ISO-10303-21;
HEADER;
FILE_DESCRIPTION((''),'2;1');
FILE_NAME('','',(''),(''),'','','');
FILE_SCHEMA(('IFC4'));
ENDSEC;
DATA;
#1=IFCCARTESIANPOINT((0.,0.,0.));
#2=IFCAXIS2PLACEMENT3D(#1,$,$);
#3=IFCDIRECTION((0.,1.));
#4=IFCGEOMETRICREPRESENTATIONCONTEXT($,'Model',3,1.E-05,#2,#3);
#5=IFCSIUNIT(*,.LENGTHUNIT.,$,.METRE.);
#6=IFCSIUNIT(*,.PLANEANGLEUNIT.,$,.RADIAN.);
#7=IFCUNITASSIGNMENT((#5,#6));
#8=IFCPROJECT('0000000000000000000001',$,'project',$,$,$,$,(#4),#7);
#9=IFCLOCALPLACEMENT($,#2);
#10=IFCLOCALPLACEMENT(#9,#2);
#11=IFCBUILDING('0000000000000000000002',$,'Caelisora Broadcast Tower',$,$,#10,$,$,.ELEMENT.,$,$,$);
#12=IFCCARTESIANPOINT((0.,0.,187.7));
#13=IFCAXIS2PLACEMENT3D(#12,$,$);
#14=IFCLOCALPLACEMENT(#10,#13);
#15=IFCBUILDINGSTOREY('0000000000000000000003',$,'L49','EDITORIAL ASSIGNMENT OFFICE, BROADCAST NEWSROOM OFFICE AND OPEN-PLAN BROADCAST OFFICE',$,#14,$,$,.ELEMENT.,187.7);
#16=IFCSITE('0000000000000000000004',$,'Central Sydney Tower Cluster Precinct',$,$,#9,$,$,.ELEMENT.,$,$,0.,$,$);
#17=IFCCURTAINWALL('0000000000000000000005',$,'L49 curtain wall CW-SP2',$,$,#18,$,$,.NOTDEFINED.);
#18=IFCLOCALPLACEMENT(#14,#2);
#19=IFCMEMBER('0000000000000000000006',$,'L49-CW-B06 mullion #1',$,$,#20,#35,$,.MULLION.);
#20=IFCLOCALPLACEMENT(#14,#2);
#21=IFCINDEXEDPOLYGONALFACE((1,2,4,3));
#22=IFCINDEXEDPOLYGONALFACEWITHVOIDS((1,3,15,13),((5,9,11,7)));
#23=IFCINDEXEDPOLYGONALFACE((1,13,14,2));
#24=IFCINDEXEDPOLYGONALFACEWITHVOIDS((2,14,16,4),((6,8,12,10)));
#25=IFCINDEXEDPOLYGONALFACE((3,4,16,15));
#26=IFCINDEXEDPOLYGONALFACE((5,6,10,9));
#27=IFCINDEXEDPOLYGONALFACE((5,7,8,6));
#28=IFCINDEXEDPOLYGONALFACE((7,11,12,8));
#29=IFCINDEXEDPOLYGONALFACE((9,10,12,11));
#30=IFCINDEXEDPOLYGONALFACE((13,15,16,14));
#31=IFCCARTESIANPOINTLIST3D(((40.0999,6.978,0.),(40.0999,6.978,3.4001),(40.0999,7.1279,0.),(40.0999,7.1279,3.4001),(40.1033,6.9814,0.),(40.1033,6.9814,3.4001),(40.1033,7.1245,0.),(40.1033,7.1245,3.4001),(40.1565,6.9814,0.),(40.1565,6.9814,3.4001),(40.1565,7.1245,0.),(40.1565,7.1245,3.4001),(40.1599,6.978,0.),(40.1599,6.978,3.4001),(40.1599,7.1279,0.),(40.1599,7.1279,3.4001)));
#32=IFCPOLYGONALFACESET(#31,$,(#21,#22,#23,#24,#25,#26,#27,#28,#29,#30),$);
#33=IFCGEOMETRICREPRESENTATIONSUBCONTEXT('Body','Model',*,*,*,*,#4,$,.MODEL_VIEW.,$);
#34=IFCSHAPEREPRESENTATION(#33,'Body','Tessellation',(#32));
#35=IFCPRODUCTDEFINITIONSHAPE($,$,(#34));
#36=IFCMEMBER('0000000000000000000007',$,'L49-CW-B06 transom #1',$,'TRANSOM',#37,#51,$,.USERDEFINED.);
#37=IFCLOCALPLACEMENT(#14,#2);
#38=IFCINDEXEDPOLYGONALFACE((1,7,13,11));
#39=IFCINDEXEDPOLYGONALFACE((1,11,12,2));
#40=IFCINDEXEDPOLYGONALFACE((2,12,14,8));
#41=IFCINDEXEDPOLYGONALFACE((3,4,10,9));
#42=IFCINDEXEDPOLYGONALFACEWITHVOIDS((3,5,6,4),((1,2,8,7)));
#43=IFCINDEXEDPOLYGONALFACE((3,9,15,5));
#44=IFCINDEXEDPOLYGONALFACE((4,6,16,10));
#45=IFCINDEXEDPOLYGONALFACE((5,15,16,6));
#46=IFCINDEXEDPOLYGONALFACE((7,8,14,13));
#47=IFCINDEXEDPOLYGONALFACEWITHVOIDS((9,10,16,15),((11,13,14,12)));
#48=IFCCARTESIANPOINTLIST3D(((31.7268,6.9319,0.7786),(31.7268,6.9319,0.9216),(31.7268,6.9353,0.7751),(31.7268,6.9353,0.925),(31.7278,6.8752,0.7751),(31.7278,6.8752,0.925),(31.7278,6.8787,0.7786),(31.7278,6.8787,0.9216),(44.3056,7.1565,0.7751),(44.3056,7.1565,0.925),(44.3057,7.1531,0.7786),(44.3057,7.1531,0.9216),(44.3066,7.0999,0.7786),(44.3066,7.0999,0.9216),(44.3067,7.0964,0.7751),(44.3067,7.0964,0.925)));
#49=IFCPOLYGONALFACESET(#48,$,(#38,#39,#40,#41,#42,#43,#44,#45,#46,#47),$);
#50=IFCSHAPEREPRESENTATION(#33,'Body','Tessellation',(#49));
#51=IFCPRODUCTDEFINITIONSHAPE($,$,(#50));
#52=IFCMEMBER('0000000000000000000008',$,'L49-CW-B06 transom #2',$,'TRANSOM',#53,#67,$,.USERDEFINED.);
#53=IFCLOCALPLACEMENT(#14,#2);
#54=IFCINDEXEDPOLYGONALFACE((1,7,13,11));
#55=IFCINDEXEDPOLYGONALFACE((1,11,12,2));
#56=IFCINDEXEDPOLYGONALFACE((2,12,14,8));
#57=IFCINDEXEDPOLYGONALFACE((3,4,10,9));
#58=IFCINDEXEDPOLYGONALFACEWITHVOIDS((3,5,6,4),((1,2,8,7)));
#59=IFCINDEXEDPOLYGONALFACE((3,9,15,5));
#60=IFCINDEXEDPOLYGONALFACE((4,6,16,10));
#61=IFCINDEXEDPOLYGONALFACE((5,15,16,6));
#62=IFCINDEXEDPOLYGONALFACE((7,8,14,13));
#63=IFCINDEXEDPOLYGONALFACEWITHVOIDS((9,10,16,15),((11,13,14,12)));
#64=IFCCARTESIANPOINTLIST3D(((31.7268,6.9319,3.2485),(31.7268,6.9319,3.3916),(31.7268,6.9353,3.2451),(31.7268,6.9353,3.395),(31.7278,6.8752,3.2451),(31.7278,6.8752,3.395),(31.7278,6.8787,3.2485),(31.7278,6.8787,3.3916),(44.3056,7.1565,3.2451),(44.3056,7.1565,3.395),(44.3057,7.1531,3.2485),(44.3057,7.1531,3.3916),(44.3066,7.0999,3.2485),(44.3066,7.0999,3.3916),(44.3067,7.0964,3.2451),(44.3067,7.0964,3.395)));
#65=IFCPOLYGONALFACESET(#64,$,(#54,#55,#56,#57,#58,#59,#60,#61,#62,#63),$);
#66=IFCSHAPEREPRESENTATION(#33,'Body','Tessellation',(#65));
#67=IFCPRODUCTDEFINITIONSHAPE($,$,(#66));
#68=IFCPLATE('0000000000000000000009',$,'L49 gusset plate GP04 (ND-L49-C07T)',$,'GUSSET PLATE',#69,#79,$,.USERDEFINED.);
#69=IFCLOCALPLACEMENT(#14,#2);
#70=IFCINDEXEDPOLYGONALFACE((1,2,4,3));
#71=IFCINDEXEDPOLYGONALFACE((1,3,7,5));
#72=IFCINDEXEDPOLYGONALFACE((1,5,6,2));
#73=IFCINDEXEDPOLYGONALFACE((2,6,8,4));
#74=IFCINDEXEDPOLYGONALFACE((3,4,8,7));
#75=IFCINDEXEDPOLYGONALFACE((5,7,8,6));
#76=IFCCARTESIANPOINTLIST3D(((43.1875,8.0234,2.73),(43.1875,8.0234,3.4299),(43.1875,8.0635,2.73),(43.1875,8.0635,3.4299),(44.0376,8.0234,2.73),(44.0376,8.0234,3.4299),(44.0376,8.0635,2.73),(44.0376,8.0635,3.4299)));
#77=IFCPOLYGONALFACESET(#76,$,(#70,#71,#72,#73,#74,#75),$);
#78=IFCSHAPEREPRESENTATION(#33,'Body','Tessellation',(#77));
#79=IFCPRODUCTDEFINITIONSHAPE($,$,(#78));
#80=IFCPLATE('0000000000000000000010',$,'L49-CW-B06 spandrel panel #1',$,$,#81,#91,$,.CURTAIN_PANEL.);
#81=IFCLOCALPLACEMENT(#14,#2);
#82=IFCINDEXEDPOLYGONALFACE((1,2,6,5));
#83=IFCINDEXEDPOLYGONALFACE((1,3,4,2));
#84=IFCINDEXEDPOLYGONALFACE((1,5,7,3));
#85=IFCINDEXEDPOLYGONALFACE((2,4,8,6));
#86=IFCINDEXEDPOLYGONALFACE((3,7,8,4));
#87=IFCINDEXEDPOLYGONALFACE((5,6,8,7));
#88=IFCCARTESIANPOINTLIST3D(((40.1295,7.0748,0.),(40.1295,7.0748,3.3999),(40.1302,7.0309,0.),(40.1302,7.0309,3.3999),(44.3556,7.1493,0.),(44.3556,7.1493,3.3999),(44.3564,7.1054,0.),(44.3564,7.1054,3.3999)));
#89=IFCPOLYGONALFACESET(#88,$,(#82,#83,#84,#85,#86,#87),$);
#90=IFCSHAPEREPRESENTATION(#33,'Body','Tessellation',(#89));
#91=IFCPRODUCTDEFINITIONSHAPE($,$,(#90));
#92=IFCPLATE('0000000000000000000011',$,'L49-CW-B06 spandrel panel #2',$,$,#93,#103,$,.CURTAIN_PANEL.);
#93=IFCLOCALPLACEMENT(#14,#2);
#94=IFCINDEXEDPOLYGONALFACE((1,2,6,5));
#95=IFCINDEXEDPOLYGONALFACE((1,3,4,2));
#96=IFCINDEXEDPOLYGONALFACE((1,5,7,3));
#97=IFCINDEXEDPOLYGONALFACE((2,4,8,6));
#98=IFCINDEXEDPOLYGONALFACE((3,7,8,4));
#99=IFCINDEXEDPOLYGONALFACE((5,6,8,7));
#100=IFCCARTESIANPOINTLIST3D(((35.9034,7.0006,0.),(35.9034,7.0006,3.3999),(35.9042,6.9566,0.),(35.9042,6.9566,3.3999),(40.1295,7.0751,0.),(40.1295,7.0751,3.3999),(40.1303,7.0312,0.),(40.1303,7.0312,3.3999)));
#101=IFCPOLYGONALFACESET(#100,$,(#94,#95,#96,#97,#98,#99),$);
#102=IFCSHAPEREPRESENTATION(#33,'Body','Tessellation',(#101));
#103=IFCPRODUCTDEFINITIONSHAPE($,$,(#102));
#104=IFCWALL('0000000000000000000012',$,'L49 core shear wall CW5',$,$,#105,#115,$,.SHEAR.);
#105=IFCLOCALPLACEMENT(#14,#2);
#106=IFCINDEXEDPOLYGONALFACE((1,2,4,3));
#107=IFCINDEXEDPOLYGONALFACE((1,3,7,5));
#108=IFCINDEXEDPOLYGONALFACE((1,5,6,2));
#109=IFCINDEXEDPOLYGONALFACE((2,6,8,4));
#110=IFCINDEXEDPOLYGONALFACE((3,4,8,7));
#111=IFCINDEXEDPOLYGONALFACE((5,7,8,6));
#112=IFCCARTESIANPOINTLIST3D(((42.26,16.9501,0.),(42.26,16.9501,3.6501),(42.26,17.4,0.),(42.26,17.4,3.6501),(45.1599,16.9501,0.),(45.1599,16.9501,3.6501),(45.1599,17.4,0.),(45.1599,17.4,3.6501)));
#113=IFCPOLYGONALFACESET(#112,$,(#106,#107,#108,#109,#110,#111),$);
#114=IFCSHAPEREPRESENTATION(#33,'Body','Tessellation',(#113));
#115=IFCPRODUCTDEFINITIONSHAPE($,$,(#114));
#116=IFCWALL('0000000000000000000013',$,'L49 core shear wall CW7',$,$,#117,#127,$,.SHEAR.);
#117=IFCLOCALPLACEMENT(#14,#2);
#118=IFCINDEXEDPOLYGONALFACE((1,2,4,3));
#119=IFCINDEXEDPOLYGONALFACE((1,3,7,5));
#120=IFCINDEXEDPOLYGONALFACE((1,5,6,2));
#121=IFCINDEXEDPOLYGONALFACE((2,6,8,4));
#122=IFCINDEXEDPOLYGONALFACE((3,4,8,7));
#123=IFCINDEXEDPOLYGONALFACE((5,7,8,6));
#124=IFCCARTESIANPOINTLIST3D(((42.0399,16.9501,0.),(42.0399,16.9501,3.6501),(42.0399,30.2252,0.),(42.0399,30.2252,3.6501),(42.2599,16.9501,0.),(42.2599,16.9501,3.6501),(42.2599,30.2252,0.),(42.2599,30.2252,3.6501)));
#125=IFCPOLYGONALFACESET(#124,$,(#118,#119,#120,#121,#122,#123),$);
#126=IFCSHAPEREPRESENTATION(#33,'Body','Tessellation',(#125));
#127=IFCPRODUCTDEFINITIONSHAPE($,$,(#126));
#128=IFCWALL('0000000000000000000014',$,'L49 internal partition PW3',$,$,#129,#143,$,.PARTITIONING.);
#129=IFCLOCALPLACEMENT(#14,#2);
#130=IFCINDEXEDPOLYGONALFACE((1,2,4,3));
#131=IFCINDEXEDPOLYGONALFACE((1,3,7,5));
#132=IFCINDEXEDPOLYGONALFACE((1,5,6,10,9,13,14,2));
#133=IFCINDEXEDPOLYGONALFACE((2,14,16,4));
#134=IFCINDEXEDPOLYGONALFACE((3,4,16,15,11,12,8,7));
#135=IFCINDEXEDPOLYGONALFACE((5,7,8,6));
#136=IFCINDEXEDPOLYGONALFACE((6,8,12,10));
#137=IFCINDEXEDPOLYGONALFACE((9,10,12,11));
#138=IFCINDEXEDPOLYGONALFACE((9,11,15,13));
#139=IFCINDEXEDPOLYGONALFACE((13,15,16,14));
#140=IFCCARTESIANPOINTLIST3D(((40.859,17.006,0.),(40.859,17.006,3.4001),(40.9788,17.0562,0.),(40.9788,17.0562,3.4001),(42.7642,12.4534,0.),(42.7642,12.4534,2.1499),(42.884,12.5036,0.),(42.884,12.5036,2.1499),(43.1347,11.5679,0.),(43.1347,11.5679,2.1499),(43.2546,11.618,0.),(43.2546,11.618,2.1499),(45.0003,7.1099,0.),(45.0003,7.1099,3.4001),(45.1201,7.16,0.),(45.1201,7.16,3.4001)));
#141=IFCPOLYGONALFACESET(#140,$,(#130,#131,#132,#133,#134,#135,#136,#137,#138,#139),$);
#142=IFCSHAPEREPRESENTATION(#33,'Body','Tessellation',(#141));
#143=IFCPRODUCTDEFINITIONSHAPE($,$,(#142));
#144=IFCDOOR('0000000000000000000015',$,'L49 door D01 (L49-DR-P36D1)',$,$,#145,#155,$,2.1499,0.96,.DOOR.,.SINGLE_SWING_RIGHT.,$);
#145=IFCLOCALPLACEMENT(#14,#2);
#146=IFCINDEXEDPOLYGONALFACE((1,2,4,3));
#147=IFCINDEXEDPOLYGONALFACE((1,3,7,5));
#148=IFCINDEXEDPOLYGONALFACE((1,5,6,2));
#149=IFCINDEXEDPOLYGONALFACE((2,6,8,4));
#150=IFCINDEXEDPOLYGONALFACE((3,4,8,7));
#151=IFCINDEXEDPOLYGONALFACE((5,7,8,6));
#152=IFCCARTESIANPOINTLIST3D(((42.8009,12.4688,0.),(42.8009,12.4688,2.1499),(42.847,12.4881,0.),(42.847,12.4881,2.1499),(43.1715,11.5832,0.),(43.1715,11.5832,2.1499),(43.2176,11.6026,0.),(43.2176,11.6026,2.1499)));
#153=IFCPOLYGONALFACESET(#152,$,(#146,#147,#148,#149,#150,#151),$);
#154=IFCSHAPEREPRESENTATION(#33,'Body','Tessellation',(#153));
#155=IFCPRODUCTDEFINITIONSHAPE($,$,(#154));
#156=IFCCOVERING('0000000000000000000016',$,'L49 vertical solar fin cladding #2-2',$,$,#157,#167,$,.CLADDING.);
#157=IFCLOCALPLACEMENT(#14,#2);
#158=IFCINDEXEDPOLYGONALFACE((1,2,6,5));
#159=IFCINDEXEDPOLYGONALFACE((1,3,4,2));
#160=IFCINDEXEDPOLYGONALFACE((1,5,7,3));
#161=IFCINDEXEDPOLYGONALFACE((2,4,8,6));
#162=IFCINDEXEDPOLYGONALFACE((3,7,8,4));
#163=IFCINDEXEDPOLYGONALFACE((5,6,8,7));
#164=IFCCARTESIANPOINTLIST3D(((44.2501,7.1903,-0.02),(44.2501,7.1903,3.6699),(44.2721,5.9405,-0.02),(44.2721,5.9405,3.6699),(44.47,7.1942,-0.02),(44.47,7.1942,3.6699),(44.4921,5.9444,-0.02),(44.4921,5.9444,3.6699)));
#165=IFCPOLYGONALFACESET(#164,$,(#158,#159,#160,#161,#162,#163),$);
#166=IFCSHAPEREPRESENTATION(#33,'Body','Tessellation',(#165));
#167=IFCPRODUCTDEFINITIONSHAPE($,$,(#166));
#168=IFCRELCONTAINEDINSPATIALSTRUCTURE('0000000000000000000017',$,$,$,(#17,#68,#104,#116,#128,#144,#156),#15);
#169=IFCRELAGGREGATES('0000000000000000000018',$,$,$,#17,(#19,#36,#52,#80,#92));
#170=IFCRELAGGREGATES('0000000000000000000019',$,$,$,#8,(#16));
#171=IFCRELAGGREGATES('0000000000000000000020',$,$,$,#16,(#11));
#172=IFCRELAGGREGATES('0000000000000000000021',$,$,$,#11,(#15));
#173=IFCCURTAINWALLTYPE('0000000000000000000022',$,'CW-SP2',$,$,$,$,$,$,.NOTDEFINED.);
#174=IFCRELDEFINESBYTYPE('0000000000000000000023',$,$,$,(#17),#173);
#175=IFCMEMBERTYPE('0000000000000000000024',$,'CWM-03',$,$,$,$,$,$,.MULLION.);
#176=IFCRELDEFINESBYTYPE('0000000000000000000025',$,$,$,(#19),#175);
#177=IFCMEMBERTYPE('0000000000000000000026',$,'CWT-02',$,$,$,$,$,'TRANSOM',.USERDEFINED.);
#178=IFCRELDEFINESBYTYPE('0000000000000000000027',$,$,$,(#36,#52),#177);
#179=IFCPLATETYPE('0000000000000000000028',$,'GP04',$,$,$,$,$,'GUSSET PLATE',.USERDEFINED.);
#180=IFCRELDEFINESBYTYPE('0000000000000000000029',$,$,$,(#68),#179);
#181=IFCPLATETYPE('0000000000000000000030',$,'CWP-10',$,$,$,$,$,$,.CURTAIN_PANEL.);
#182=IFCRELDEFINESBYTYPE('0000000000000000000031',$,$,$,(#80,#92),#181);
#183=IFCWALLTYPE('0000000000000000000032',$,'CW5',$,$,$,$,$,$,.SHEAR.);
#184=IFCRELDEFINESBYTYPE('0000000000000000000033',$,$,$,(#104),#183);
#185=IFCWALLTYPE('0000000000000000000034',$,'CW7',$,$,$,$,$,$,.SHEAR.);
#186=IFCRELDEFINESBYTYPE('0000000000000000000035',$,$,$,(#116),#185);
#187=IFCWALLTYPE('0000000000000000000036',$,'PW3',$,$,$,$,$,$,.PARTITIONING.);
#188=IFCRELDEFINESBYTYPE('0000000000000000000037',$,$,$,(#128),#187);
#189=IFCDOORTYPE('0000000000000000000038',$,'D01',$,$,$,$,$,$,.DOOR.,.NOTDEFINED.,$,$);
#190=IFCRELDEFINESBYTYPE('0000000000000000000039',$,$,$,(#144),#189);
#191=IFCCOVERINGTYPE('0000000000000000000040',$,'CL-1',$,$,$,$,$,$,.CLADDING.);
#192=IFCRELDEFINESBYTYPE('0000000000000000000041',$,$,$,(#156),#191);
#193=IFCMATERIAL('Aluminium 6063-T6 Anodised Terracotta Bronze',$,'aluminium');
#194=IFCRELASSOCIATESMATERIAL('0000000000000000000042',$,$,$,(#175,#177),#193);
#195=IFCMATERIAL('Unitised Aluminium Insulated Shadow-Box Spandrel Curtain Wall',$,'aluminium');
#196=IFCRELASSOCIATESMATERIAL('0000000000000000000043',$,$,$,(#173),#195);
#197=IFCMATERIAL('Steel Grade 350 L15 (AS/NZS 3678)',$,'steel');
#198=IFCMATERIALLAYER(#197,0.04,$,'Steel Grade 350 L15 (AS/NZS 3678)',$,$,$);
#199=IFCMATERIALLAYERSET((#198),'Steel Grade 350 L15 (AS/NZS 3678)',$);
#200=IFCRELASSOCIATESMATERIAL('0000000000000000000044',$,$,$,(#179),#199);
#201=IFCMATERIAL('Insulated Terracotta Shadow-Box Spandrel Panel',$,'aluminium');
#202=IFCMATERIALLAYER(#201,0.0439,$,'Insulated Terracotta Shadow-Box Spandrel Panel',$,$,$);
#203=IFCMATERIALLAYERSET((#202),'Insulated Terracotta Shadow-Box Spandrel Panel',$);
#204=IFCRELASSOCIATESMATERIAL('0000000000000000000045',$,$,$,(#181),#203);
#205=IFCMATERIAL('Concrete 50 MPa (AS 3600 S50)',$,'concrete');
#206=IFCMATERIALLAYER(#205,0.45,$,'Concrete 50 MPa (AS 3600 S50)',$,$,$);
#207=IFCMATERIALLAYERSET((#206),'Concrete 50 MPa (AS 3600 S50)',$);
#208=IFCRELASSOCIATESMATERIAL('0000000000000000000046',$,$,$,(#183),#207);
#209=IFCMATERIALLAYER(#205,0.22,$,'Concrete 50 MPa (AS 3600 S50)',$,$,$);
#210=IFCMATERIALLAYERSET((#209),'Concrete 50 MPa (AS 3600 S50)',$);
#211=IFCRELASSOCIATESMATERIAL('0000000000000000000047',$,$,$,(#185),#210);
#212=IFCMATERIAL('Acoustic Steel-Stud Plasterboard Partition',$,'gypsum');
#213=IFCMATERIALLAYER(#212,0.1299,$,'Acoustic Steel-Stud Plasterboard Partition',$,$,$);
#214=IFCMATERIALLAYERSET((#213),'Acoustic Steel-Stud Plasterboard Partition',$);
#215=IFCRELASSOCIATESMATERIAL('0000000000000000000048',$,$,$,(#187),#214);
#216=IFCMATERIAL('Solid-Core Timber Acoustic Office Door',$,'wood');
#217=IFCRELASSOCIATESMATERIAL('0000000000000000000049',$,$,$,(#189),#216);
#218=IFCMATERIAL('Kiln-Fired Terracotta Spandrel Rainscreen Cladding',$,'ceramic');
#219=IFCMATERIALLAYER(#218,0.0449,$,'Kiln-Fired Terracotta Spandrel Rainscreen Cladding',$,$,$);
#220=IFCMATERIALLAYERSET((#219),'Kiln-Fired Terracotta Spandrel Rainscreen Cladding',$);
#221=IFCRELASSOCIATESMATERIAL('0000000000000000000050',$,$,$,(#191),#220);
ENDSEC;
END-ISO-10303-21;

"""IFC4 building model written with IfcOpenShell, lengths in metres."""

from ifc_helpers import new_model, si_unit, direction, frame, frame_2d, origin, origin_2d, place, context, subcontext, project, spatial, rectangle, hollow_rectangle, extrude, source, transform, mapped, material, layer, layer_set, material_profile, profile_set, type_object, type_shapes, element, fill, aggregate, save


model = new_model("IFC4")

# Units and contexts
model_context = context("Model", 3, precision=1e-05, world=origin(), true_north=direction((0.0, 1.0)))
body_context = subcontext(model_context, "Body", "Model", "MODEL_VIEW")
ifc_project = project(units=[si_unit("LENGTHUNIT", "METRE"), si_unit("PLANEANGLEUNIT", "RADIAN")], contexts=[model_context])

# Site, building, storey
site_placement = place(None, origin())
site = spatial("IfcSite", under=ifc_project, at=site_placement, Name="Central Sydney Tower Cluster Precinct", CompositionType="ELEMENT", RefElevation=0.0)
building_placement = place(site_placement, origin())
building = spatial("IfcBuilding", under=site, at=building_placement, Name="Caelisora Broadcast Tower", CompositionType="ELEMENT")
storey_placement = place(building_placement, frame((0.0, 0.0, 187.7)))
storey = spatial("IfcBuildingStorey", under=building, at=storey_placement, Name="L49", Description="EDITORIAL ASSIGNMENT OFFICE, BROADCAST NEWSROOM OFFICE AND OPEN-PLAN BROADCAST OFFICE", CompositionType="ELEMENT", Elevation=187.7)

# Shared definitions
ifc_material_1 = material(Name="Steel Grade 350 L15 (AS/NZS 3678)", Category="steel")

# Shared definitions
ifc_material_2 = material(Name="Aluminium 6063-T6 Anodised Terracotta Bronze", Category="aluminium")
ifc_material_profile_1 = material_profile(ifc_material_2, hollow_rectangle(XDim=0.0601, YDim=0.1499, WallThickness=0.0034, at=origin_2d()), Name="Aluminium 6063-T6 Anodised Terracotta Bronze")
ifc_profile_set_1 = profile_set([ifc_material_profile_1], Name="Aluminium 6063-T6 Anodised Terracotta Bronze")
member_type_1 = type_object("IfcMemberType", Name="CWM-03", PredefinedType="MULLION", material=ifc_profile_set_1)
shared_shape_1 = source(origin(), body_context, "Body", "SweptSolid", [
    extrude(hollow_rectangle(XDim=0.0601, YDim=0.1499, WallThickness=0.0034, at=origin_2d()), origin(), (0.0, 0.0, 1.0), 3.4001),
])
type_shapes(member_type_1, [shared_shape_1])

# Curtain wall, members
ifc_material_3 = material(Name="Unitised Aluminium Insulated Shadow-Box Spandrel Curtain Wall", Category="aluminium")
curtain_wall_type_1 = type_object("IfcCurtainWallType", Name="CW-SP2", PredefinedType="NOTDEFINED", material=ifc_material_3)
curtain_wall_1_placement = place(storey_placement, origin())
curtain_wall_1 = element("IfcCurtainWall", 1, at=curtain_wall_1_placement, inside=storey, type_object=curtain_wall_type_1, Name="L49 curtain wall CW-SP2", PredefinedType="NOTDEFINED")
member_1_placement = place(storey_placement, frame((40.1299, 7.053, 0.0), z_axis=(0.0, 0.0, 1.0), x_axis=(1.0, 0.0, 0.0)))
member_1 = element("IfcMember", 2, at=member_1_placement, type_object=member_type_1, Name="L49-CW-B06 mullion #1", PredefinedType="MULLION", context=body_context, shape_type="MappedRepresentation", body=[
    mapped(shared_shape_1, transform((0.0, 0.0, 0.0), scale=1.0)),
])
ifc_material_profile_2 = material_profile(ifc_material_2, hollow_rectangle(XDim=0.0601, YDim=0.1499, WallThickness=0.0034, at=origin_2d()), Name="Aluminium 6063-T6 Anodised Terracotta Bronze")
ifc_profile_set_2 = profile_set([ifc_material_profile_2], Name="Aluminium 6063-T6 Anodised Terracotta Bronze")
member_type_2 = type_object("IfcMemberType", Name="CWT-02", ElementType="TRANSOM", PredefinedType="USERDEFINED", material=ifc_profile_set_2)
shared_shape_2 = source(origin(), body_context, "Body", "SweptSolid", [
    extrude(hollow_rectangle(XDim=0.0601, YDim=0.1499, WallThickness=0.0034, at=origin_2d()), origin(), (0.0, 0.0, 1.0), 12.5808),
])
type_shapes(member_type_2, [shared_shape_2])
member_2_placement = place(storey_placement, frame((44.3062, 7.1265, 0.8501), z_axis=(-0.999845, -0.017582, 0.0), x_axis=(0.017582, -0.999845, 0.0)))
member_2 = element("IfcMember", 3, at=member_2_placement, type_object=member_type_2, Name="L49-CW-B06 transom #1", ObjectType="TRANSOM", PredefinedType="USERDEFINED", context=body_context, shape_type="MappedRepresentation", body=[
    mapped(shared_shape_2, transform((0.0, 0.0, 0.0), scale=1.0)),
])
member_3_placement = place(storey_placement, frame((44.3062, 7.1265, 3.3201), z_axis=(-0.999845, -0.017582, 0.0), x_axis=(0.017582, -0.999845, 0.0)))
member_3 = element("IfcMember", 4, at=member_3_placement, type_object=member_type_2, Name="L49-CW-B06 transom #2", ObjectType="TRANSOM", PredefinedType="USERDEFINED", context=body_context, shape_type="MappedRepresentation", body=[
    mapped(shared_shape_2, transform((0.0, 0.0, 0.0), scale=1.0)),
])

# Plates
ifc_layer_1 = layer(ifc_material_1, 0.04, Name="Steel Grade 350 L15 (AS/NZS 3678)")
ifc_layer_set_1 = layer_set([ifc_layer_1], Name="Steel Grade 350 L15 (AS/NZS 3678)")
plate_type_1 = type_object("IfcPlateType", Name="GP04", ElementType="GUSSET PLATE", PredefinedType="USERDEFINED", material=ifc_layer_set_1)
shared_shape_3 = source(origin(), body_context, "Body", "SweptSolid", [
    extrude(rectangle(XDim=0.8501, YDim=0.04, at=origin_2d()), origin(), (0.0, 0.0, 1.0), 0.7),
])
type_shapes(plate_type_1, [shared_shape_3])
plate_1_placement = place(storey_placement, frame((43.6125, 8.0435, 2.73), z_axis=(0.0, 0.0, 1.0), x_axis=(1.0, 0.0, 0.0)))
element("IfcPlate", 5, at=plate_1_placement, inside=storey, type_object=plate_type_1, Name="L49 gusset plate GP04 (ND-L49-C07T)", ObjectType="GUSSET PLATE", PredefinedType="USERDEFINED", context=body_context, shape_type="MappedRepresentation", body=[
    mapped(shared_shape_3, transform((0.0, 0.0, 0.0), scale=1.0)),
])
ifc_material_4 = material(Name="Insulated Terracotta Shadow-Box Spandrel Panel", Category="aluminium")
ifc_layer_2 = layer(ifc_material_4, 0.0439, Name="Insulated Terracotta Shadow-Box Spandrel Panel")
ifc_layer_set_2 = layer_set([ifc_layer_2], Name="Insulated Terracotta Shadow-Box Spandrel Panel")
plate_type_2 = type_object("IfcPlateType", Name="CWP-10", PredefinedType="CURTAIN_PANEL", material=ifc_layer_set_2)
shared_shape_4 = source(origin(), body_context, "Body", "SweptSolid", [
    extrude(rectangle(XDim=4.2268, YDim=0.0439, at=origin_2d()), origin(), (0.0, 0.0, 1.0), 3.3999),
])
type_shapes(plate_type_2, [shared_shape_4])
plate_2_placement = place(storey_placement, frame((42.2429, 7.0901, 0.0), z_axis=(0.0, 0.0, 1.0), x_axis=(-0.999845, -0.017627, 0.0)))
plate_2 = element("IfcPlate", 6, at=plate_2_placement, type_object=plate_type_2, Name="L49-CW-B06 spandrel panel #1", PredefinedType="CURTAIN_PANEL", context=body_context, shape_type="MappedRepresentation", body=[
    mapped(shared_shape_4, transform((0.0, 0.0, 0.0), scale=1.0)),
])
plate_3_placement = place(storey_placement, frame((38.0168, 7.0159, 0.0), z_axis=(0.0, 0.0, 1.0), x_axis=(-0.999845, -0.017627, 0.0)))
plate_3 = element("IfcPlate", 7, at=plate_3_placement, type_object=plate_type_2, Name="L49-CW-B06 spandrel panel #2", PredefinedType="CURTAIN_PANEL", context=body_context, shape_type="MappedRepresentation", body=[
    mapped(shared_shape_4, transform((0.0, 0.0, 0.0), scale=1.0)),
])
aggregate(curtain_wall_1, [member_1, member_2, member_3, plate_2, plate_3])

# Shared definitions
ifc_material_5 = material(Name="Concrete 50 MPa (AS 3600 S50)", Category="concrete")

# Walls
ifc_layer_3 = layer(ifc_material_5, 0.45, Name="Concrete 50 MPa (AS 3600 S50)")
ifc_layer_set_3 = layer_set([ifc_layer_3], Name="Concrete 50 MPa (AS 3600 S50)")
wall_type_1 = type_object("IfcWallType", Name="CW5", PredefinedType="SHEAR", material=ifc_layer_set_3)
wall_1_placement = place(storey_placement, frame((42.26, 17.175, 0.0), z_axis=(0.0, 0.0, 1.0), x_axis=(1.0, 0.0, 0.0)))
element("IfcWall", 8, at=wall_1_placement, inside=storey, type_object=wall_type_1, Name="L49 core shear wall CW5", PredefinedType="SHEAR", context=body_context, shape_type="SweptSolid", body=[
    extrude(rectangle(XDim=2.8999, YDim=0.45, at=frame_2d((1.45, 0.0))), origin(), (0.0, 0.0, 1.0), 3.6501),
])
ifc_layer_4 = layer(ifc_material_5, 0.22, Name="Concrete 50 MPa (AS 3600 S50)")
ifc_layer_set_4 = layer_set([ifc_layer_4], Name="Concrete 50 MPa (AS 3600 S50)")
wall_type_2 = type_object("IfcWallType", Name="CW7", PredefinedType="SHEAR", material=ifc_layer_set_4)
wall_2_placement = place(storey_placement, frame((42.1499, 16.95, 0.0), z_axis=(0.0, 0.0, 1.0), x_axis=(0.0, 1.0, 0.0)))
element("IfcWall", 9, at=wall_2_placement, inside=storey, type_object=wall_type_2, Name="L49 core shear wall CW7", PredefinedType="SHEAR", context=body_context, shape_type="SweptSolid", body=[
    extrude(rectangle(XDim=13.2751, YDim=0.22, at=frame_2d((6.6377, 0.0))), origin(), (0.0, 0.0, 1.0), 3.6501),
])

# Wall, opening, door
ifc_material_6 = material(Name="Acoustic Steel-Stud Plasterboard Partition", Category="gypsum")
ifc_layer_5 = layer(ifc_material_6, 0.1299, Name="Acoustic Steel-Stud Plasterboard Partition")
ifc_layer_set_5 = layer_set([ifc_layer_5], Name="Acoustic Steel-Stud Plasterboard Partition")
wall_type_3 = type_object("IfcWallType", Name="PW3", PredefinedType="PARTITIONING", material=ifc_layer_set_5)
wall_3_placement = place(storey_placement, frame((40.9189, 17.031, 0.0), z_axis=(0.0, 0.0, 1.0), x_axis=(0.386039, -0.922483, 0.0)))
wall_3 = element("IfcWall", 10, at=wall_3_placement, inside=storey, type_object=wall_type_3, Name="L49 internal partition PW3", PredefinedType="PARTITIONING", context=body_context, shape_type="SweptSolid", body=[
    extrude(rectangle(XDim=10.7278, YDim=0.1299, at=frame_2d((5.3638, 0.0))), origin(), (0.0, 0.0, 1.0), 3.4001),
])
opening_1_placement = place(wall_3_placement, frame((4.9351, 0.0, 0.0)))
opening_1 = element("IfcOpeningElement", 11, at=opening_1_placement, cuts=wall_3, PredefinedType="OPENING", context=body_context, shape_type="SweptSolid", body=[
    extrude(rectangle(XDim=0.96, YDim=2.1499, at=frame_2d((0.48, 1.075))), frame((0.0, 0.0769, 0.0), z_axis=(0.0, -1.0, 0.0), x_axis=(1.0, 0.0, 0.0)), (0.0, 0.0, 1.0), 0.1538),
])
ifc_material_7 = material(Name="Solid-Core Timber Acoustic Office Door", Category="wood")
door_type_1 = type_object("IfcDoorType", Name="D01", OperationType="NOTDEFINED", PredefinedType="DOOR", material=ifc_material_7)
door_1_placement = place(opening_1_placement, origin())
door_1 = element("IfcDoor", 12, at=door_1_placement, inside=storey, type_object=door_type_1, Name="L49 door D01 (L49-DR-P36D1)", OperationType="SINGLE_SWING_RIGHT", OverallHeight=2.1499, OverallWidth=0.96, PredefinedType="DOOR", context=body_context, shape_type="SweptSolid", body=[
    extrude(rectangle(XDim=0.96, YDim=2.1499, at=frame_2d((0.48, 1.075))), frame((0.0, 0.0249, 0.0), z_axis=(0.0, -1.0, 0.0), x_axis=(1.0, 0.0, 0.0)), (0.0, 0.0, 1.0), 0.05),
])
fill(opening_1, door_1)

# Covering
ifc_material_8 = material(Name="Kiln-Fired Terracotta Spandrel Rainscreen Cladding", Category="ceramic")
ifc_layer_6 = layer(ifc_material_8, 0.0449, Name="Kiln-Fired Terracotta Spandrel Rainscreen Cladding")
ifc_layer_set_6 = layer_set([ifc_layer_6], Name="Kiln-Fired Terracotta Spandrel Rainscreen Cladding")
covering_type = type_object("IfcCoveringType", Name="CL-1", PredefinedType="CLADDING", material=ifc_layer_set_6)
shared_shape_5 = source(origin(), body_context, "Body", "SweptSolid", [
    extrude(rectangle(XDim=0.22, YDim=1.25, at=origin_2d()), origin(), (0.0, 0.0, 1.0), 3.6899),
])
type_shapes(covering_type, [shared_shape_5])
covering_placement = place(storey_placement, frame((44.3711, 6.5674, -0.02), z_axis=(0.0, 0.0, 1.0), x_axis=(-0.999845, -0.017627, 0.0)))
element("IfcCovering", 13, at=covering_placement, inside=storey, type_object=covering_type, Name="L49 vertical solar fin cladding #2-2", PredefinedType="CLADDING", context=body_context, shape_type="MappedRepresentation", body=[
    mapped(shared_shape_5, transform((0.0, 0.0, 0.0), scale=1.0)),
])

save(model, "model.ifc")
